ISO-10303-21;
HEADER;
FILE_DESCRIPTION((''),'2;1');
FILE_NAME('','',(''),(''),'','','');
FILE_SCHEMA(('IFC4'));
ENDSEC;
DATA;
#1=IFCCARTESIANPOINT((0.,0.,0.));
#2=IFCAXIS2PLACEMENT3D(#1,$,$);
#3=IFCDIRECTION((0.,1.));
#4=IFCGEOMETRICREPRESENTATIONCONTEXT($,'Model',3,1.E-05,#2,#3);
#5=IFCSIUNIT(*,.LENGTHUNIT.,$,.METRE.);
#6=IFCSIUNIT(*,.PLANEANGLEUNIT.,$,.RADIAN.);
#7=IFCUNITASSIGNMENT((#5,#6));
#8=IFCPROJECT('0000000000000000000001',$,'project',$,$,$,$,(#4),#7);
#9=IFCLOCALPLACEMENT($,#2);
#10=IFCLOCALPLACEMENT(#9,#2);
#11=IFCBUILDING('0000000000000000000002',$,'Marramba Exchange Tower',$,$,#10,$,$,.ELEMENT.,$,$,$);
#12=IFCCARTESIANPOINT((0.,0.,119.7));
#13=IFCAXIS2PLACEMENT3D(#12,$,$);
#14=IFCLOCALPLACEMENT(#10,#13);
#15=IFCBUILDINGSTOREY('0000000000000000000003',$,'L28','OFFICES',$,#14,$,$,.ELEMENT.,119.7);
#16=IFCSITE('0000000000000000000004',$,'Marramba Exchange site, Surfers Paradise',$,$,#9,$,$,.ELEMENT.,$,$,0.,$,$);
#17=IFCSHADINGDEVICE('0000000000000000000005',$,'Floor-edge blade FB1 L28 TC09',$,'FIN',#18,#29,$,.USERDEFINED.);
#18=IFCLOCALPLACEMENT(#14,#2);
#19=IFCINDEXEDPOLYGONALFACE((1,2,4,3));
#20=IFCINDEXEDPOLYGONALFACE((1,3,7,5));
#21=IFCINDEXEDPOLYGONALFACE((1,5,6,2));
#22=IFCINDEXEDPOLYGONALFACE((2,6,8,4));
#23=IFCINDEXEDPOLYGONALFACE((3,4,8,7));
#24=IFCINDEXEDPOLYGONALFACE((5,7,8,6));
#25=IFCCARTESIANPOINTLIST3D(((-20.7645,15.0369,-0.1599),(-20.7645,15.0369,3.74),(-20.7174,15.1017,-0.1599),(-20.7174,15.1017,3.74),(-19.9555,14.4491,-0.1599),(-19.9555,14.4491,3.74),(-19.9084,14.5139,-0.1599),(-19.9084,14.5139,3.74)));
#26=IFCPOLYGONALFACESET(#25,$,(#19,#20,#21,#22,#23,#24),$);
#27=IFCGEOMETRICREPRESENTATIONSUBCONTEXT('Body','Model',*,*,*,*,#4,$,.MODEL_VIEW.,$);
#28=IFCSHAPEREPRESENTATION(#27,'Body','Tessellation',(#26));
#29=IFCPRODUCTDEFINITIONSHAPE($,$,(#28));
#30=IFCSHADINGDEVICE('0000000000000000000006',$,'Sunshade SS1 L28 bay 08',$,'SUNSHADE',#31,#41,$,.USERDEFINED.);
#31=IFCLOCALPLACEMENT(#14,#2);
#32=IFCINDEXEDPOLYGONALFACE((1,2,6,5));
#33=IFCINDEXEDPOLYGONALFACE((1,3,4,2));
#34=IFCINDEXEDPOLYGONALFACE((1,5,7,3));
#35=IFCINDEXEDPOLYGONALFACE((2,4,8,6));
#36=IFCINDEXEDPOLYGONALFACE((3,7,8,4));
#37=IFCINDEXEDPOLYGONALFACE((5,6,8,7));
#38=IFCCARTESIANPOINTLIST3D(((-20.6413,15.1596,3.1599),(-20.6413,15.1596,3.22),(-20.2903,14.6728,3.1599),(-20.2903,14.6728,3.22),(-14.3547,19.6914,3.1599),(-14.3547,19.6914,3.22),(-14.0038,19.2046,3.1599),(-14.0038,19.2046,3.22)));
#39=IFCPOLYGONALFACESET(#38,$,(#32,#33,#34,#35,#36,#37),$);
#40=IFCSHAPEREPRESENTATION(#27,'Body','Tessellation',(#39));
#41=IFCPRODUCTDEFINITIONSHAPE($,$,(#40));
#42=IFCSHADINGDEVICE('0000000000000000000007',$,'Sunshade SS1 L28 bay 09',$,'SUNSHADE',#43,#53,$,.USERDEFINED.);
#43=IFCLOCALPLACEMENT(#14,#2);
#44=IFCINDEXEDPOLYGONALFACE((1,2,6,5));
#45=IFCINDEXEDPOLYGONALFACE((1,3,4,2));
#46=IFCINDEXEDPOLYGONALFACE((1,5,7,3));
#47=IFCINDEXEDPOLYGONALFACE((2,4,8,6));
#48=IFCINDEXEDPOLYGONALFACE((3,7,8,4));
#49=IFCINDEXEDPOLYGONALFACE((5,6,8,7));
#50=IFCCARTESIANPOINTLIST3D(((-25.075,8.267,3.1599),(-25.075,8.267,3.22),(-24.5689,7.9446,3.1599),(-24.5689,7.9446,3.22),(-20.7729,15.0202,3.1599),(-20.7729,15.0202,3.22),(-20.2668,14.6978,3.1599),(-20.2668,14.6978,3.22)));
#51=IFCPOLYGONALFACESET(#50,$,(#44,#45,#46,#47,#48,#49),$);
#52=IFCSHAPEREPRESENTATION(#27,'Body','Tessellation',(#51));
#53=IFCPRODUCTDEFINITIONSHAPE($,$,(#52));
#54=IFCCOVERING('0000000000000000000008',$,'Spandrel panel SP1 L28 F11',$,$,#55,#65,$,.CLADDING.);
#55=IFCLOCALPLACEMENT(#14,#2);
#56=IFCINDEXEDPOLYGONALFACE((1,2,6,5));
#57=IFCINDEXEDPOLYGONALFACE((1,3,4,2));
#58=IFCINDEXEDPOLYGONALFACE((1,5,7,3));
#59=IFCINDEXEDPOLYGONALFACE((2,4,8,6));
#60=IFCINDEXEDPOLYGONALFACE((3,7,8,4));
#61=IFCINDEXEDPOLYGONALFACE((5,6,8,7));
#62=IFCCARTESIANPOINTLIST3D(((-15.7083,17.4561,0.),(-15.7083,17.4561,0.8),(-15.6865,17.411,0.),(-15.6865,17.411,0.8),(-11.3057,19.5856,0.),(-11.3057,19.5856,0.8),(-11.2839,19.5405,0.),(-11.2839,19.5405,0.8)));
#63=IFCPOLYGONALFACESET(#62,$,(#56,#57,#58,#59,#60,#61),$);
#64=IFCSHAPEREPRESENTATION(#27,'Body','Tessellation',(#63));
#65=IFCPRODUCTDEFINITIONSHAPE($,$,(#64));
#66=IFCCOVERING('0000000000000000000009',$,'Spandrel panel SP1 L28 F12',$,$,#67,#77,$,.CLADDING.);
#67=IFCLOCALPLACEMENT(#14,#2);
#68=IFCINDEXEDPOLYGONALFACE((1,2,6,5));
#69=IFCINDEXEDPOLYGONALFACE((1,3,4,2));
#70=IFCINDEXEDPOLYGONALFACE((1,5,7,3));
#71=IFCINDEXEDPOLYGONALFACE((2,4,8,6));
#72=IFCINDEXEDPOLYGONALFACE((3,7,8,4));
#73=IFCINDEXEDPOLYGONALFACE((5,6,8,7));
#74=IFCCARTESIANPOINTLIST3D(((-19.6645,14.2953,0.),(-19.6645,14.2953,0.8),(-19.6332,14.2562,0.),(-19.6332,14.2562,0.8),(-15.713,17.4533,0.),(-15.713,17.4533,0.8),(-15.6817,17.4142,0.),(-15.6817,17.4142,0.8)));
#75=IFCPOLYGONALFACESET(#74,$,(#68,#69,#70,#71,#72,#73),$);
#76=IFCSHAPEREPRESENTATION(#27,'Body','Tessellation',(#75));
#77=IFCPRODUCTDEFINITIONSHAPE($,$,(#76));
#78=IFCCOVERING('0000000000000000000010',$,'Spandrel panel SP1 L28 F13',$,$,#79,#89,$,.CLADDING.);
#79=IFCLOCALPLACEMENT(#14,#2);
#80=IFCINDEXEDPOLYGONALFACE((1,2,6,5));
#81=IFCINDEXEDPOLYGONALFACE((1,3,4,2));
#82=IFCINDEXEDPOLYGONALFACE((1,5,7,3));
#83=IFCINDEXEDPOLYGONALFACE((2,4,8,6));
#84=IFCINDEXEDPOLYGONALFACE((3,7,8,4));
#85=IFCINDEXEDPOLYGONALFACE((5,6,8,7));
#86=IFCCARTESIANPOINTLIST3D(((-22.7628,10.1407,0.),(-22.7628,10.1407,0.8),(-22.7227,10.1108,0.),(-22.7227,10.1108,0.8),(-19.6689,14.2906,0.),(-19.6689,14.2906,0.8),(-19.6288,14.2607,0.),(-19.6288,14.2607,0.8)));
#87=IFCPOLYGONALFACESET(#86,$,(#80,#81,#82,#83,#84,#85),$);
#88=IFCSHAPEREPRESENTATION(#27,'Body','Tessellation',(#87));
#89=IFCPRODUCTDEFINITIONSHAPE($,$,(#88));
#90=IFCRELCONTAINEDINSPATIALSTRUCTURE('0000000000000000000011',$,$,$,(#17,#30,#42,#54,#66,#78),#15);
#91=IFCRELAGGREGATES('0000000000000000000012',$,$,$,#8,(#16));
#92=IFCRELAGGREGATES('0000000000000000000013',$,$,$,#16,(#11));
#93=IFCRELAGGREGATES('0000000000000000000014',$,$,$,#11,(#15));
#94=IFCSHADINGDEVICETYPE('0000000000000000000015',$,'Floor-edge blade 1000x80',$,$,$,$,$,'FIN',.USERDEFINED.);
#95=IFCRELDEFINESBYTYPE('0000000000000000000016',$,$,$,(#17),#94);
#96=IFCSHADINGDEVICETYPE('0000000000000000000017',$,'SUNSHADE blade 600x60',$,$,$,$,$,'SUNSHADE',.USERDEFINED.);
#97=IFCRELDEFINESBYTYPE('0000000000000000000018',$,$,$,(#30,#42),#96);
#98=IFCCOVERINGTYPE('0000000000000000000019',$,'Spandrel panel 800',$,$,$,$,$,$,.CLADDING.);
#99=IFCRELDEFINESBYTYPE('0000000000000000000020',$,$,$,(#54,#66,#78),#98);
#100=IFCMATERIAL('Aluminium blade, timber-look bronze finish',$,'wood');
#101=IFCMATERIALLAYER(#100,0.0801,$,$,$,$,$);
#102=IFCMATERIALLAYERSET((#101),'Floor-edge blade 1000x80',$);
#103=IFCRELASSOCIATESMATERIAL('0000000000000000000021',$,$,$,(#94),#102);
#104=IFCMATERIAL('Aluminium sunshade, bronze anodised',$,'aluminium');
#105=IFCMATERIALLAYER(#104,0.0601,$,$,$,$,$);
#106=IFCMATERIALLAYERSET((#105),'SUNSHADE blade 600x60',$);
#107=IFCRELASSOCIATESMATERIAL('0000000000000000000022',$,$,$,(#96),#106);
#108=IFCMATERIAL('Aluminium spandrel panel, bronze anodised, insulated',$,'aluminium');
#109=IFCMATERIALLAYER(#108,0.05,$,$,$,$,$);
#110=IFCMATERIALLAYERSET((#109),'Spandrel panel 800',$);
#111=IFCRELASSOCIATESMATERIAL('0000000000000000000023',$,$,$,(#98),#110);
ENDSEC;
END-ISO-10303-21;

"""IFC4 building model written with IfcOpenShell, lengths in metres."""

from ifc_helpers import new_model, si_unit, direction, frame, origin, origin_2d, place, context, subcontext, project, spatial, rectangle, extrude, material, layer, layer_set, type_object, element, save


model = new_model("IFC4")

# Units and contexts
model_context = context("Model", 3, precision=1e-05, world=origin(), true_north=direction((0.0, 1.0)))
body_context = subcontext(model_context, "Body", "Model", "MODEL_VIEW")
ifc_project = project(units=[si_unit("LENGTHUNIT", "METRE"), si_unit("PLANEANGLEUNIT", "RADIAN")], contexts=[model_context])

# Site, building, storey
site_placement = place(None, origin())
site = spatial("IfcSite", under=ifc_project, at=site_placement, Name="Marramba Exchange site, Surfers Paradise", CompositionType="ELEMENT", RefElevation=0.0)
building_placement = place(site_placement, origin())
building = spatial("IfcBuilding", under=site, at=building_placement, Name="Marramba Exchange Tower", CompositionType="ELEMENT")
storey_placement = place(building_placement, frame((0.0, 0.0, 119.7)))
storey = spatial("IfcBuildingStorey", under=building, at=storey_placement, Name="L28", Description="OFFICES", CompositionType="ELEMENT", Elevation=119.7)

# Shading devices
ifc_material_1 = material(Name="Aluminium blade, timber-look bronze finish", Category="wood")
ifc_layer_1 = layer(ifc_material_1, 0.0801)
ifc_layer_set_1 = layer_set([ifc_layer_1], Name="Floor-edge blade 1000x80")
shading_device_type_1 = type_object("IfcShadingDeviceType", Name="Floor-edge blade 1000x80", ElementType="FIN", PredefinedType="USERDEFINED", material=ifc_layer_set_1)
for number, where, z_axis, x_axis, name in (
    (1, (-20.3364, 14.7754, -0.1599), (0.0, 0.0, 1.0), (-0.809017, 0.587785, 0.0), "Floor-edge blade FB1 L28 TC09"),
):
    element("IfcShadingDevice", number, at=place(storey_placement, frame(where, z_axis=z_axis, x_axis=x_axis)), inside=storey, type_object=shading_device_type_1, Name=name, ObjectType="FIN", PredefinedType="USERDEFINED", context=body_context, shape_type="SweptSolid", body=[
        extrude(rectangle(XDim=1.0, YDim=0.0801, at=origin_2d()), origin(), (0.0, 0.0, 1.0), 3.8999),
    ])
ifc_material_2 = material(Name="Aluminium sunshade, bronze anodised", Category="aluminium")
ifc_layer_2 = layer(ifc_material_2, 0.0601)
ifc_layer_set_2 = layer_set([ifc_layer_2], Name="SUNSHADE blade 600x60")
shading_device_type_2 = type_object("IfcShadingDeviceType", Name="SUNSHADE blade 600x60", ElementType="SUNSHADE", PredefinedType="USERDEFINED", material=ifc_layer_set_2)
shading_device_1_placement = place(storey_placement, frame((-17.3225, 17.1821, 3.1599), z_axis=(0.0, 0.0, 1.0), x_axis=(-0.811199, -0.58477, 0.0)))
element("IfcShadingDevice", 2, at=shading_device_1_placement, inside=storey, type_object=shading_device_type_2, Name="Sunshade SS1 L28 bay 08", ObjectType="SUNSHADE", PredefinedType="USERDEFINED", context=body_context, shape_type="SweptSolid", body=[
    extrude(rectangle(XDim=7.7498, YDim=0.6001, at=origin_2d()), origin(), (0.0, 0.0, 1.0), 0.0601),
])
shading_device_2_placement = place(storey_placement, frame((-22.6709, 11.4824, 3.1599), z_axis=(0.0, 0.0, 1.0), x_axis=(-0.537285, -0.843401, 0.0)))
element("IfcShadingDevice", 3, at=shading_device_2_placement, inside=storey, type_object=shading_device_type_2, Name="Sunshade SS1 L28 bay 09", ObjectType="SUNSHADE", PredefinedType="USERDEFINED", context=body_context, shape_type="SweptSolid", body=[
    extrude(rectangle(XDim=8.0071, YDim=0.6001, at=origin_2d()), origin(), (0.0, 0.0, 1.0), 0.0601),
])

# Coverings
ifc_material_3 = material(Name="Aluminium spandrel panel, bronze anodised, insulated", Category="aluminium")
ifc_layer_3 = layer(ifc_material_3, 0.05)
ifc_layer_set_3 = layer_set([ifc_layer_3], Name="Spandrel panel 800")
covering_type = type_object("IfcCoveringType", Name="Spandrel panel 800", PredefinedType="CLADDING", material=ifc_layer_set_3)
covering_1_placement = place(storey_placement, frame((-13.4961, 18.4983, 0.0), z_axis=(0.0, 0.0, 1.0), x_axis=(-0.900224, -0.435428, 0.0)))
element("IfcCovering", 4, at=covering_1_placement, inside=storey, type_object=covering_type, Name="Spandrel panel SP1 L28 F11", PredefinedType="CLADDING", context=body_context, shape_type="SweptSolid", body=[
    extrude(rectangle(XDim=4.8906, YDim=0.05, at=origin_2d()), origin(), (0.0, 0.0, 1.0), 0.8),
])
covering_2_placement = place(storey_placement, frame((-17.6731, 15.8547, 0.0), z_axis=(0.0, 0.0, 1.0), x_axis=(-0.781178, -0.624308, 0.0)))
element("IfcCovering", 5, at=covering_2_placement, inside=storey, type_object=covering_type, Name="Spandrel panel SP1 L28 F12", PredefinedType="CLADDING", context=body_context, shape_type="SweptSolid", body=[
    extrude(rectangle(XDim=5.0583, YDim=0.05, at=origin_2d()), origin(), (0.0, 0.0, 1.0), 0.8),
])
covering_3_placement = place(storey_placement, frame((-21.1958, 12.2007, 0.0), z_axis=(0.0, 0.0, 1.0), x_axis=(-0.597704, -0.801717, 0.0)))
element("IfcCovering", 6, at=covering_3_placement, inside=storey, type_object=covering_type, Name="Spandrel panel SP1 L28 F13", PredefinedType="CLADDING", context=body_context, shape_type="SweptSolid", body=[
    extrude(rectangle(XDim=5.1763, YDim=0.05, at=origin_2d()), origin(), (0.0, 0.0, 1.0), 0.8),
])

save(model, "model.ifc")
